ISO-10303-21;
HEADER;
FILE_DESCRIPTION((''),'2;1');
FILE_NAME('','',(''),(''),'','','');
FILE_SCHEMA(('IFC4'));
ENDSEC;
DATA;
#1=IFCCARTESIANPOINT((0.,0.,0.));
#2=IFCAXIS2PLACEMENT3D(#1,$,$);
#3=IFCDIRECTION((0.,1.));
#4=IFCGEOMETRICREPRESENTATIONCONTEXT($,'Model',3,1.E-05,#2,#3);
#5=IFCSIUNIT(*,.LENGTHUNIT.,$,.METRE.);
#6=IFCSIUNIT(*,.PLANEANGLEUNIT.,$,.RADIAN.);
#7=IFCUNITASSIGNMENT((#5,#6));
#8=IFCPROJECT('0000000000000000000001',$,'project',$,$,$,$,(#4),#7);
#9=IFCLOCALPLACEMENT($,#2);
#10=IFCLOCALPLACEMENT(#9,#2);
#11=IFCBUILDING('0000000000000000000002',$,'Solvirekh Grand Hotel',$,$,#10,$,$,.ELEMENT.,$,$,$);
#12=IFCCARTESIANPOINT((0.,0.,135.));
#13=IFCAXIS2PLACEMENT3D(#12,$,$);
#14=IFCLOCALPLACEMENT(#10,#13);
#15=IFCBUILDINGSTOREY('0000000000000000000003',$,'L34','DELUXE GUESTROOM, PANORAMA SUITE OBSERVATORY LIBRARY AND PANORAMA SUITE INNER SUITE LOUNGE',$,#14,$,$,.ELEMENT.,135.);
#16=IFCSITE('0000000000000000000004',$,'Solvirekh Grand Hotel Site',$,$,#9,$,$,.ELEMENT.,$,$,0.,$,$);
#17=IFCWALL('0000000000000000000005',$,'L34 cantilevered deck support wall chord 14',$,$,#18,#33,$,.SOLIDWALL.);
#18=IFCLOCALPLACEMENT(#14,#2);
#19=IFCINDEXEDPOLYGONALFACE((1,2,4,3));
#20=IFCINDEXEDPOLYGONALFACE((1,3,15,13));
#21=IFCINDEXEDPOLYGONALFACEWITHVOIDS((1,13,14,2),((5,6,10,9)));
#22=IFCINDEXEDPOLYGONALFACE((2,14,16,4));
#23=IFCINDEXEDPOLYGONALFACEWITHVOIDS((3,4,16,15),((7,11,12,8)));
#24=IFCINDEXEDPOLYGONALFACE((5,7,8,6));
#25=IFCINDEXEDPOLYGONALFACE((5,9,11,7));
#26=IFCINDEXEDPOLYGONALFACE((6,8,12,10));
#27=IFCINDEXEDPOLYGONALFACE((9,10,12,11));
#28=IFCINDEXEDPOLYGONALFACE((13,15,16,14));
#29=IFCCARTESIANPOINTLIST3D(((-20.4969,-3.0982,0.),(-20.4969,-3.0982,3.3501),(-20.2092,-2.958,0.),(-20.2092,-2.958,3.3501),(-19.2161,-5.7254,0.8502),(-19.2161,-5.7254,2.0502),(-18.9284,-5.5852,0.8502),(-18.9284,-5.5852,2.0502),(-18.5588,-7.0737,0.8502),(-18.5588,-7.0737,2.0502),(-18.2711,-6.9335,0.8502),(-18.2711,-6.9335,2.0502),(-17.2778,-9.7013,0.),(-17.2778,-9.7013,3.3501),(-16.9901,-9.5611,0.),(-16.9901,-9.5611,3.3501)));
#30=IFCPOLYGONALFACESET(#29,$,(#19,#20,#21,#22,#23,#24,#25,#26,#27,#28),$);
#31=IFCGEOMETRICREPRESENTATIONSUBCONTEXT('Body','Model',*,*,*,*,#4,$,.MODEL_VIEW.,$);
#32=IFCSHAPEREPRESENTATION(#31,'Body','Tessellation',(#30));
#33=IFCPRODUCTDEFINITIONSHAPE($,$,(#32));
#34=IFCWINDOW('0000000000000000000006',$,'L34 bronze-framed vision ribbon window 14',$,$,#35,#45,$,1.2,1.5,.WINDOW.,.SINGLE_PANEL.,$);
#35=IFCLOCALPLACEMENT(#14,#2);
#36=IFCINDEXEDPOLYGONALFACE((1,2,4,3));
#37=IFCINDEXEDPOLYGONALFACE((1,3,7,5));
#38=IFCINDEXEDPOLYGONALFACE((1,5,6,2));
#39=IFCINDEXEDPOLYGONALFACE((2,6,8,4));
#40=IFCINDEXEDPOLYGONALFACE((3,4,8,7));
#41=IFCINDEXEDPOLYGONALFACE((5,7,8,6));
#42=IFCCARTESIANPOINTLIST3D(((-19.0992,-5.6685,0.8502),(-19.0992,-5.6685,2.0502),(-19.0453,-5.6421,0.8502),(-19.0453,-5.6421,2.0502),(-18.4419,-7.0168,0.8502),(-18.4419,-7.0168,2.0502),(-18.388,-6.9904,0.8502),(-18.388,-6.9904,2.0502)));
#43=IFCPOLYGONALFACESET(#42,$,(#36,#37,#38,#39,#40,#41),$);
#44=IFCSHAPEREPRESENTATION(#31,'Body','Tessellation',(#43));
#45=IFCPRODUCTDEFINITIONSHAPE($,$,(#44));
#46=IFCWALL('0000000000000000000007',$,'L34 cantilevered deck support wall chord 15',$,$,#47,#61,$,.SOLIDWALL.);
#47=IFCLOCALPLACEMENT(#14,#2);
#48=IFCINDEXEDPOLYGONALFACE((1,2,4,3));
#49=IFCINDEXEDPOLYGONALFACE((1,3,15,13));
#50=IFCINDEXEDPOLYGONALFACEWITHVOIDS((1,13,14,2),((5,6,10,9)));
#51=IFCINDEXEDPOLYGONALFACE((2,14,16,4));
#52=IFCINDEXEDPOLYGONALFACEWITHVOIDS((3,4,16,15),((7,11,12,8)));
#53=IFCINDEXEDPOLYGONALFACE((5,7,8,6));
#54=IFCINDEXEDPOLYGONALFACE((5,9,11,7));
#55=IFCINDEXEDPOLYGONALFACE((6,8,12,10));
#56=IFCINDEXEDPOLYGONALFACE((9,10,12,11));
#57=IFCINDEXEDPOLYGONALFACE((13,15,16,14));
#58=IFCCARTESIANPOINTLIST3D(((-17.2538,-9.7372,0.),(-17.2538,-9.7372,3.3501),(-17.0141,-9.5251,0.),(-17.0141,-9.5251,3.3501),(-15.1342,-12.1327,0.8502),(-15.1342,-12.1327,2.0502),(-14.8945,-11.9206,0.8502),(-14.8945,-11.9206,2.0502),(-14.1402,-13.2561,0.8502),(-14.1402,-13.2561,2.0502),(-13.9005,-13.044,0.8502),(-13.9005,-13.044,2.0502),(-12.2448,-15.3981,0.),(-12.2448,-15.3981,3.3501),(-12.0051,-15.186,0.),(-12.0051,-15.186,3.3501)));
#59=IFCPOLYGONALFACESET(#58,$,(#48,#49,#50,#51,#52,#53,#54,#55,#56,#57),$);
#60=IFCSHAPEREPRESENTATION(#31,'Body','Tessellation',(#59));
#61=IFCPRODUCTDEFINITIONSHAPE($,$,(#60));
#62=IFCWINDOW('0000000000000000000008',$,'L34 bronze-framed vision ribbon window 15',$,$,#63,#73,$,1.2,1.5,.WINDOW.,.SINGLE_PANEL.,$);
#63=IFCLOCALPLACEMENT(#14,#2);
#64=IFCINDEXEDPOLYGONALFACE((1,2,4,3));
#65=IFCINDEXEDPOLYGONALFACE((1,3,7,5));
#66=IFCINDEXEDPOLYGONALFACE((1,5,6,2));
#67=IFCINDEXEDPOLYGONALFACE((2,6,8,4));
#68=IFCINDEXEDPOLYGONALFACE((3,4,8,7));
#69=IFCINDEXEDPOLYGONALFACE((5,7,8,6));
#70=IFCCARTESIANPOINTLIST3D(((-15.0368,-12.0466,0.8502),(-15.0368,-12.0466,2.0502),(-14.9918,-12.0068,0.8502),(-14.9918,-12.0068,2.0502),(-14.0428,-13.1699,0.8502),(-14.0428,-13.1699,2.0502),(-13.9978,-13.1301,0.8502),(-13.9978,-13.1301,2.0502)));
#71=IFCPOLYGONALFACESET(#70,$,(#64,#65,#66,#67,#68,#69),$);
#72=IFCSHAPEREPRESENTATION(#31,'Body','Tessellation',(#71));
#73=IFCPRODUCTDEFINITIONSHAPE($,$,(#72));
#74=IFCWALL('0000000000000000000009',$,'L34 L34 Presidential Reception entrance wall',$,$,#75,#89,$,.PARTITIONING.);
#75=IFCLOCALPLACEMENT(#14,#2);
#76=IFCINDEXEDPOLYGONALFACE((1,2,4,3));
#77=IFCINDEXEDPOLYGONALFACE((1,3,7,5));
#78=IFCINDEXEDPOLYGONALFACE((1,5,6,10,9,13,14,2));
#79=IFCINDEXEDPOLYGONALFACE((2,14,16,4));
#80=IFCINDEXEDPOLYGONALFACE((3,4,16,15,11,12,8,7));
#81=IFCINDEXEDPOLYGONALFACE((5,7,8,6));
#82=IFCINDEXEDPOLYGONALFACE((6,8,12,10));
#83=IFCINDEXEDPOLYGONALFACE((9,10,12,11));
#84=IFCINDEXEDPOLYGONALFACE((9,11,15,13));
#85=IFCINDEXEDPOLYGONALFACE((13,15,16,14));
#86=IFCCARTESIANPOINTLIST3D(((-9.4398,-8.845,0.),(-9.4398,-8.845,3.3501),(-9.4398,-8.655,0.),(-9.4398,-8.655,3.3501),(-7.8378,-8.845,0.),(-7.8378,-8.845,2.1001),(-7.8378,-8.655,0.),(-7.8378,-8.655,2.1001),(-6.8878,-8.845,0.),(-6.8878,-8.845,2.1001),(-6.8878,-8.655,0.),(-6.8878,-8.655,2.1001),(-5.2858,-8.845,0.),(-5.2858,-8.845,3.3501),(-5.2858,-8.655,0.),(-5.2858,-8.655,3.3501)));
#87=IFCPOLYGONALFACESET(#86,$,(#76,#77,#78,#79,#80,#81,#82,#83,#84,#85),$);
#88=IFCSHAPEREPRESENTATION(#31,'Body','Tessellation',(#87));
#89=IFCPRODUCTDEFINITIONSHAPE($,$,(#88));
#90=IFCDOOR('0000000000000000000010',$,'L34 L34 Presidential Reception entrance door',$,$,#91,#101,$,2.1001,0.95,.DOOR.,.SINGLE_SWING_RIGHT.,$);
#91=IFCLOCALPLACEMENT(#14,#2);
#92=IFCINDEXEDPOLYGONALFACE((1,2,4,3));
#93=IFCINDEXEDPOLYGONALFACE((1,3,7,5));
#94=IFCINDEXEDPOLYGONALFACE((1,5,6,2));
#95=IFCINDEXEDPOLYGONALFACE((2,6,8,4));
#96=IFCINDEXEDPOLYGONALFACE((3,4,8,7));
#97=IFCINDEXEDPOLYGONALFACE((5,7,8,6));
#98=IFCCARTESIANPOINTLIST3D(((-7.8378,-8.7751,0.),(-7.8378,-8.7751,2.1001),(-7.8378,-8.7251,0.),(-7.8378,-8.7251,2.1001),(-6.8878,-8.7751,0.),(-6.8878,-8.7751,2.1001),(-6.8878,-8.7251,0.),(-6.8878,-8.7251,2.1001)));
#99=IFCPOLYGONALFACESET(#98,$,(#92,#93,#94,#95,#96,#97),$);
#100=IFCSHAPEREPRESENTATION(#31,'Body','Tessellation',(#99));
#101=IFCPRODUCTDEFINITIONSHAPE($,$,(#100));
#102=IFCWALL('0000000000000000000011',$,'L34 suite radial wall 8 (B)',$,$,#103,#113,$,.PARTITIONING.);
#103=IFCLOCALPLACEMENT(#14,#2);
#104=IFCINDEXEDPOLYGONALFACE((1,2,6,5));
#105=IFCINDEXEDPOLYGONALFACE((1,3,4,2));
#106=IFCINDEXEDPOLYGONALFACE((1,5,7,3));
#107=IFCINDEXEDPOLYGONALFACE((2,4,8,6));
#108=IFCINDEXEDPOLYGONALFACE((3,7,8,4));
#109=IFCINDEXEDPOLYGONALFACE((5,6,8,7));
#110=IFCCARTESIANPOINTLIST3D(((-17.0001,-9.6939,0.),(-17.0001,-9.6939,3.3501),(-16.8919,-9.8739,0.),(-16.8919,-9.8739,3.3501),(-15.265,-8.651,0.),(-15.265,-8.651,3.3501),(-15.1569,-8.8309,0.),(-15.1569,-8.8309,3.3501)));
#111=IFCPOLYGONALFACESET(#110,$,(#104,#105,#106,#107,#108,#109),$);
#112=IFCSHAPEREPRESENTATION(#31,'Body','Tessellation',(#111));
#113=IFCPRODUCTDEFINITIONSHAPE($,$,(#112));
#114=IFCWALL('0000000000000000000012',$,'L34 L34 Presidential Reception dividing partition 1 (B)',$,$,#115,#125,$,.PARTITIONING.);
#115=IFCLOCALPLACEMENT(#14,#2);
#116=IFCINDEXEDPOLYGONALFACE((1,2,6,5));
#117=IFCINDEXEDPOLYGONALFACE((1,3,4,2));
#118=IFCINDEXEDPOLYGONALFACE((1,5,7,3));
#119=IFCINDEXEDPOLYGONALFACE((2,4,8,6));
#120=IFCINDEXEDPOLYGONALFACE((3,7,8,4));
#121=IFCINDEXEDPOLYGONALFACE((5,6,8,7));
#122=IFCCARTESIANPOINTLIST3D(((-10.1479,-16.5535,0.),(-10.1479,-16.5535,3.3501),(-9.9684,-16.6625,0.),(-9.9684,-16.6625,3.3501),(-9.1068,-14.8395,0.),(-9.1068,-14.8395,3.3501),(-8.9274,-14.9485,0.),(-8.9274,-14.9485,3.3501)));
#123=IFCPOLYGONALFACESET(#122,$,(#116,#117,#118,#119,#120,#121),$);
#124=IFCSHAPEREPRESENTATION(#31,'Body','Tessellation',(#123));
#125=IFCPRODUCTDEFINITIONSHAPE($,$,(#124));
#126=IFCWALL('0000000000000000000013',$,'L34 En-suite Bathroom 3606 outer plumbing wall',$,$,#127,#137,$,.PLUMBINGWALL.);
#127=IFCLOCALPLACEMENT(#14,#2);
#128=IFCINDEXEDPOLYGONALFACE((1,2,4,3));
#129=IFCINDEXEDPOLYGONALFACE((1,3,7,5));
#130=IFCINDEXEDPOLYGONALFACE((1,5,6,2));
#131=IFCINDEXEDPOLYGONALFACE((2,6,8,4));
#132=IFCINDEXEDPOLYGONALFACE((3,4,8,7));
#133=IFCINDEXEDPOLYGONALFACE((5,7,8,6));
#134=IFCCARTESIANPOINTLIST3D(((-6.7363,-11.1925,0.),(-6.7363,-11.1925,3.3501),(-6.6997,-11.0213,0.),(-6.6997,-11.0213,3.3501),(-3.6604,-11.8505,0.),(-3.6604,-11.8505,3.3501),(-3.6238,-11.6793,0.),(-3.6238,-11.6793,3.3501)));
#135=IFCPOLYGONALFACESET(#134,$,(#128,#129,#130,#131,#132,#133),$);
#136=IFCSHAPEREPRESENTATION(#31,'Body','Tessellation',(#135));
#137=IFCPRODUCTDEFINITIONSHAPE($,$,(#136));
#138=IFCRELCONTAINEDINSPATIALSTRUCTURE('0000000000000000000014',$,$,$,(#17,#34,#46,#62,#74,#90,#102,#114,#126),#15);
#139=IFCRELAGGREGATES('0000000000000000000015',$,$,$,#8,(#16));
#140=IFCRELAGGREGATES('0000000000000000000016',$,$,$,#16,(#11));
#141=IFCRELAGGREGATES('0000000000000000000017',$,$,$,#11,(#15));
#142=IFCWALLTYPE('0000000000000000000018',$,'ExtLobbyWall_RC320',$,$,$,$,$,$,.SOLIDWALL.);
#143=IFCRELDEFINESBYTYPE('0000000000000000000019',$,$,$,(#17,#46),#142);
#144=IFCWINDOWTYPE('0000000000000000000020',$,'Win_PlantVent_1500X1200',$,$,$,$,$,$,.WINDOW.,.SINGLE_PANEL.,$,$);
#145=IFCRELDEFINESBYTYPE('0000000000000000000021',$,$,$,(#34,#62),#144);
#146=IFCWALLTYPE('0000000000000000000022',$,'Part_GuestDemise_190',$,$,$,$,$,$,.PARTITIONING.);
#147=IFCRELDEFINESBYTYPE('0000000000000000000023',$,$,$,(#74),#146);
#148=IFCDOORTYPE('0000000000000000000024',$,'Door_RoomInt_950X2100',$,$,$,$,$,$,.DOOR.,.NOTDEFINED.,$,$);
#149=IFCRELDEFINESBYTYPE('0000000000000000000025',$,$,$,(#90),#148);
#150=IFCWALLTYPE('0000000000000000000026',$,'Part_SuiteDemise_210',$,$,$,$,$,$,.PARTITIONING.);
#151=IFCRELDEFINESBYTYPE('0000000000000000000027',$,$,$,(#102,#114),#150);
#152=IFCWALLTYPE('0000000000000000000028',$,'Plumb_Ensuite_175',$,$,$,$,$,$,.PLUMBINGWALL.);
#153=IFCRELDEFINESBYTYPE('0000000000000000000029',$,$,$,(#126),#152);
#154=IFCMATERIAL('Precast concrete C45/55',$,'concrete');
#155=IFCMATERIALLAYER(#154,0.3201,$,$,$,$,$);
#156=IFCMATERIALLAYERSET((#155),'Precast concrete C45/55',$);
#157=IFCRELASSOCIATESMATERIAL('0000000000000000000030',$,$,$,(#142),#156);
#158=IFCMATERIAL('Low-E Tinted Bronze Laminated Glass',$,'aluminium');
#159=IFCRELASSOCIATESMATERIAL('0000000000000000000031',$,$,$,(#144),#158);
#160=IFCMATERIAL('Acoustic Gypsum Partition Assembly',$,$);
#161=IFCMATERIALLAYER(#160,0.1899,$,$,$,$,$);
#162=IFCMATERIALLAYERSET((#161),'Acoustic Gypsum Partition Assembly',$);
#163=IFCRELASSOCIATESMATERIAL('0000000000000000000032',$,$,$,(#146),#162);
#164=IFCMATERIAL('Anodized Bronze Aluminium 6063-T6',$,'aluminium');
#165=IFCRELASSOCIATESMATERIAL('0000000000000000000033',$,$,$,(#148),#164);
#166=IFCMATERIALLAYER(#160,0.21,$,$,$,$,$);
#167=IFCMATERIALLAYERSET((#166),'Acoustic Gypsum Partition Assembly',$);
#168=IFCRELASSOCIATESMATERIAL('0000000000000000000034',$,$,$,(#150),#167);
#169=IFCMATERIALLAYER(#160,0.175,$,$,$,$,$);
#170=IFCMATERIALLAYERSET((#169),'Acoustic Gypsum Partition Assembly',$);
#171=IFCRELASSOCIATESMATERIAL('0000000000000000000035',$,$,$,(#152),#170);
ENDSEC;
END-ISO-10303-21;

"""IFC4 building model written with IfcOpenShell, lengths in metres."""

from ifc_helpers import new_model, si_unit, direction, frame, frame_2d, origin, place, context, subcontext, project, spatial, rectangle, extrude, material, layer, layer_set, type_object, element, fill, save


model = new_model("IFC4")

# Units and contexts
model_context = context("Model", 3, precision=1e-05, world=origin(), true_north=direction((0.0, 1.0)))
body_context = subcontext(model_context, "Body", "Model", "MODEL_VIEW")
ifc_project = project(units=[si_unit("LENGTHUNIT", "METRE"), si_unit("PLANEANGLEUNIT", "RADIAN")], contexts=[model_context])

# Site, building, storey
site_placement = place(None, origin())
site = spatial("IfcSite", under=ifc_project, at=site_placement, Name="Solvirekh Grand Hotel Site", CompositionType="ELEMENT", RefElevation=0.0)
building_placement = place(site_placement, origin())
building = spatial("IfcBuilding", under=site, at=building_placement, Name="Solvirekh Grand Hotel", CompositionType="ELEMENT")
storey_placement = place(building_placement, frame((0.0, 0.0, 135.0)))
storey = spatial("IfcBuildingStorey", under=building, at=storey_placement, Name="L34", Description="DELUXE GUESTROOM, PANORAMA SUITE OBSERVATORY LIBRARY AND PANORAMA SUITE INNER SUITE LOUNGE", CompositionType="ELEMENT", Elevation=135.0)

# Walls, openings, windows
ifc_material_1 = material(Name="Precast concrete C45/55", Category="concrete")
ifc_layer_1 = layer(ifc_material_1, 0.3201)
ifc_layer_set_1 = layer_set([ifc_layer_1], Name="Precast concrete C45/55")
wall_type_1 = type_object("IfcWallType", Name="ExtLobbyWall_RC320", PredefinedType="SOLIDWALL", material=ifc_layer_set_1)
wall_1_placement = place(storey_placement, frame((-17.134, -9.6311, 0.0), z_axis=(0.0, 0.0, 1.0), x_axis=(-0.438204, 0.898875, 0.0)))
wall_1 = element("IfcWall", 1, at=wall_1_placement, inside=storey, type_object=wall_type_1, Name="L34 cantilevered deck support wall chord 14", PredefinedType="SOLIDWALL", context=body_context, shape_type="SweptSolid", body=[
    extrude(rectangle(XDim=7.3459, YDim=0.3201, at=frame_2d((3.6729, 0.0))), origin(), (0.0, 0.0, 1.0), 3.3501),
])
opening_1_placement = place(wall_1_placement, frame((2.9231, 0.0, 0.8501)))
opening_1 = element("IfcOpeningElement", 2, at=opening_1_placement, cuts=wall_1, PredefinedType="OPENING", context=body_context, shape_type="SweptSolid", body=[
    extrude(rectangle(XDim=1.5, YDim=1.2, at=frame_2d((0.75, 0.6001))), frame((0.0, 0.1699, 0.0), z_axis=(0.0, -1.0, 0.0), x_axis=(1.0, 0.0, 0.0)), (0.0, 0.0, 1.0), 0.3401),
])
ifc_material_2 = material(Name="Low-E Tinted Bronze Laminated Glass", Category="aluminium")
window_type = type_object("IfcWindowType", Name="Win_PlantVent_1500X1200", PartitioningType="SINGLE_PANEL", PredefinedType="WINDOW", material=ifc_material_2)
window_1_placement = place(opening_1_placement, origin())
window_1 = element("IfcWindow", 3, at=window_1_placement, inside=storey, type_object=window_type, Name="L34 bronze-framed vision ribbon window 14", OverallHeight=1.2, OverallWidth=1.5, PartitioningType="SINGLE_PANEL", PredefinedType="WINDOW", context=body_context, shape_type="SweptSolid", body=[
    extrude(rectangle(XDim=1.5, YDim=1.2, at=frame_2d((0.75, 0.6001))), frame((0.0, 0.03, 0.0), z_axis=(0.0, -1.0, 0.0), x_axis=(1.0, 0.0, 0.0)), (0.0, 0.0, 1.0), 0.0601),
])
fill(opening_1, window_1)
wall_2_placement = place(storey_placement, frame((-12.125, -15.292, 0.0), z_axis=(0.0, 0.0, 1.0), x_axis=(-0.662672, 0.74891, 0.0)))
wall_2 = element("IfcWall", 4, at=wall_2_placement, inside=storey, type_object=wall_type_1, Name="L34 cantilevered deck support wall chord 15", PredefinedType="SOLIDWALL", context=body_context, shape_type="SweptSolid", body=[
    extrude(rectangle(XDim=7.5588, YDim=0.3201, at=frame_2d((3.7793, 0.0))), origin(), (0.0, 0.0, 1.0), 3.3501),
])
opening_2_placement = place(wall_2_placement, frame((2.8601, 0.0, 0.8501)))
opening_2 = element("IfcOpeningElement", 5, at=opening_2_placement, cuts=wall_2, PredefinedType="OPENING", context=body_context, shape_type="SweptSolid", body=[
    extrude(rectangle(XDim=1.5, YDim=1.2, at=frame_2d((0.75, 0.6001))), frame((0.0, 0.1699, 0.0), z_axis=(0.0, -1.0, 0.0), x_axis=(1.0, 0.0, 0.0)), (0.0, 0.0, 1.0), 0.3401),
])
window_2_placement = place(opening_2_placement, origin())
window_2 = element("IfcWindow", 6, at=window_2_placement, inside=storey, type_object=window_type, Name="L34 bronze-framed vision ribbon window 15", OverallHeight=1.2, OverallWidth=1.5, PartitioningType="SINGLE_PANEL", PredefinedType="WINDOW", context=body_context, shape_type="SweptSolid", body=[
    extrude(rectangle(XDim=1.5, YDim=1.2, at=frame_2d((0.75, 0.6001))), frame((0.0, 0.03, 0.0), z_axis=(0.0, -1.0, 0.0), x_axis=(1.0, 0.0, 0.0)), (0.0, 0.0, 1.0), 0.0601),
])
fill(opening_2, window_2)

# Wall, opening, door
ifc_material_3 = material(Name="Acoustic Gypsum Partition Assembly")
ifc_layer_2 = layer(ifc_material_3, 0.1899)
ifc_layer_set_2 = layer_set([ifc_layer_2], Name="Acoustic Gypsum Partition Assembly")
wall_type_2 = type_object("IfcWallType", Name="Part_GuestDemise_190", PredefinedType="PARTITIONING", material=ifc_layer_set_2)
wall_3_placement = place(storey_placement, frame((-9.4399, -8.75, 0.0), z_axis=(0.0, 0.0, 1.0), x_axis=(1.0, 0.0, 0.0)))
wall_3 = element("IfcWall", 7, at=wall_3_placement, inside=storey, type_object=wall_type_2, Name="L34 L34 Presidential Reception entrance wall", PredefinedType="PARTITIONING", context=body_context, shape_type="SweptSolid", body=[
    extrude(rectangle(XDim=4.1541, YDim=0.1899, at=frame_2d((2.0771, 0.0))), origin(), (0.0, 0.0, 1.0), 3.3501),
])
opening_3_placement = place(wall_3_placement, frame((1.6021, 0.0, 0.0)))
opening_3 = element("IfcOpeningElement", 8, at=opening_3_placement, cuts=wall_3, PredefinedType="OPENING", context=body_context, shape_type="SweptSolid", body=[
    extrude(rectangle(XDim=0.95, YDim=2.1001, at=frame_2d((0.4751, 1.05))), frame((0.0, 0.105, 0.0), z_axis=(0.0, -1.0, 0.0), x_axis=(1.0, 0.0, 0.0)), (0.0, 0.0, 1.0), 0.21),
])
ifc_material_4 = material(Name="Anodized Bronze Aluminium 6063-T6", Category="aluminium")
door_type = type_object("IfcDoorType", Name="Door_RoomInt_950X2100", OperationType="NOTDEFINED", PredefinedType="DOOR", material=ifc_material_4)
door_placement = place(opening_3_placement, origin())
door = element("IfcDoor", 9, at=door_placement, inside=storey, type_object=door_type, Name="L34 L34 Presidential Reception entrance door", OperationType="SINGLE_SWING_RIGHT", OverallHeight=2.1001, OverallWidth=0.95, PredefinedType="DOOR", context=body_context, shape_type="SweptSolid", body=[
    extrude(rectangle(XDim=0.95, YDim=2.1001, at=frame_2d((0.4751, 1.05))), frame((0.0, 0.0249, 0.0), z_axis=(0.0, -1.0, 0.0), x_axis=(1.0, 0.0, 0.0)), (0.0, 0.0, 1.0), 0.05),
])
fill(opening_3, door)

# Walls
ifc_layer_3 = layer(ifc_material_3, 0.21)
ifc_layer_set_3 = layer_set([ifc_layer_3], Name="Acoustic Gypsum Partition Assembly")
wall_type_3 = type_object("IfcWallType", Name="Part_SuiteDemise_210", PredefinedType="PARTITIONING", material=ifc_layer_set_3)
wall_4_placement = place(storey_placement, frame((-15.2109, -8.741, 0.0), z_axis=(0.0, 0.0, 1.0), x_axis=(-0.857078, -0.515187, 0.0)))
element("IfcWall", 10, at=wall_4_placement, inside=storey, type_object=wall_type_3, Name="L34 suite radial wall 8 (B)", PredefinedType="PARTITIONING", context=body_context, shape_type="SweptSolid", body=[
    extrude(rectangle(XDim=2.0244, YDim=0.21, at=frame_2d((1.0122, 0.0))), origin(), (0.0, 0.0, 1.0), 3.3501),
])
wall_5_placement = place(storey_placement, frame((-9.0171, -14.894, 0.0), z_axis=(0.0, 0.0, 1.0), x_axis=(-0.519143, -0.854687, 0.0)))
element("IfcWall", 11, at=wall_5_placement, inside=storey, type_object=wall_type_3, Name="L34 L34 Presidential Reception dividing partition 1 (B)", PredefinedType="PARTITIONING", context=body_context, shape_type="SweptSolid", body=[
    extrude(rectangle(XDim=2.0054, YDim=0.21, at=frame_2d((1.0027, 0.0))), origin(), (0.0, 0.0, 1.0), 3.3501),
])
ifc_layer_4 = layer(ifc_material_3, 0.175)
ifc_layer_set_4 = layer_set([ifc_layer_4], Name="Acoustic Gypsum Partition Assembly")
wall_type_4 = type_object("IfcWallType", Name="Plumb_Ensuite_175", PredefinedType="PLUMBINGWALL", material=ifc_layer_set_4)
wall_6_placement = place(storey_placement, frame((-6.718, -11.1069, 0.0), z_axis=(0.0, 0.0, 1.0), x_axis=(0.977878, -0.209174, 0.0)))
element("IfcWall", 12, at=wall_6_placement, inside=storey, type_object=wall_type_4, Name="L34 En-suite Bathroom 3606 outer plumbing wall", PredefinedType="PLUMBINGWALL", context=body_context, shape_type="SweptSolid", body=[
    extrude(rectangle(XDim=3.1455, YDim=0.175, at=frame_2d((1.5728, 0.0))), origin(), (0.0, 0.0, 1.0), 3.3501),
])

save(model, "model.ifc")
